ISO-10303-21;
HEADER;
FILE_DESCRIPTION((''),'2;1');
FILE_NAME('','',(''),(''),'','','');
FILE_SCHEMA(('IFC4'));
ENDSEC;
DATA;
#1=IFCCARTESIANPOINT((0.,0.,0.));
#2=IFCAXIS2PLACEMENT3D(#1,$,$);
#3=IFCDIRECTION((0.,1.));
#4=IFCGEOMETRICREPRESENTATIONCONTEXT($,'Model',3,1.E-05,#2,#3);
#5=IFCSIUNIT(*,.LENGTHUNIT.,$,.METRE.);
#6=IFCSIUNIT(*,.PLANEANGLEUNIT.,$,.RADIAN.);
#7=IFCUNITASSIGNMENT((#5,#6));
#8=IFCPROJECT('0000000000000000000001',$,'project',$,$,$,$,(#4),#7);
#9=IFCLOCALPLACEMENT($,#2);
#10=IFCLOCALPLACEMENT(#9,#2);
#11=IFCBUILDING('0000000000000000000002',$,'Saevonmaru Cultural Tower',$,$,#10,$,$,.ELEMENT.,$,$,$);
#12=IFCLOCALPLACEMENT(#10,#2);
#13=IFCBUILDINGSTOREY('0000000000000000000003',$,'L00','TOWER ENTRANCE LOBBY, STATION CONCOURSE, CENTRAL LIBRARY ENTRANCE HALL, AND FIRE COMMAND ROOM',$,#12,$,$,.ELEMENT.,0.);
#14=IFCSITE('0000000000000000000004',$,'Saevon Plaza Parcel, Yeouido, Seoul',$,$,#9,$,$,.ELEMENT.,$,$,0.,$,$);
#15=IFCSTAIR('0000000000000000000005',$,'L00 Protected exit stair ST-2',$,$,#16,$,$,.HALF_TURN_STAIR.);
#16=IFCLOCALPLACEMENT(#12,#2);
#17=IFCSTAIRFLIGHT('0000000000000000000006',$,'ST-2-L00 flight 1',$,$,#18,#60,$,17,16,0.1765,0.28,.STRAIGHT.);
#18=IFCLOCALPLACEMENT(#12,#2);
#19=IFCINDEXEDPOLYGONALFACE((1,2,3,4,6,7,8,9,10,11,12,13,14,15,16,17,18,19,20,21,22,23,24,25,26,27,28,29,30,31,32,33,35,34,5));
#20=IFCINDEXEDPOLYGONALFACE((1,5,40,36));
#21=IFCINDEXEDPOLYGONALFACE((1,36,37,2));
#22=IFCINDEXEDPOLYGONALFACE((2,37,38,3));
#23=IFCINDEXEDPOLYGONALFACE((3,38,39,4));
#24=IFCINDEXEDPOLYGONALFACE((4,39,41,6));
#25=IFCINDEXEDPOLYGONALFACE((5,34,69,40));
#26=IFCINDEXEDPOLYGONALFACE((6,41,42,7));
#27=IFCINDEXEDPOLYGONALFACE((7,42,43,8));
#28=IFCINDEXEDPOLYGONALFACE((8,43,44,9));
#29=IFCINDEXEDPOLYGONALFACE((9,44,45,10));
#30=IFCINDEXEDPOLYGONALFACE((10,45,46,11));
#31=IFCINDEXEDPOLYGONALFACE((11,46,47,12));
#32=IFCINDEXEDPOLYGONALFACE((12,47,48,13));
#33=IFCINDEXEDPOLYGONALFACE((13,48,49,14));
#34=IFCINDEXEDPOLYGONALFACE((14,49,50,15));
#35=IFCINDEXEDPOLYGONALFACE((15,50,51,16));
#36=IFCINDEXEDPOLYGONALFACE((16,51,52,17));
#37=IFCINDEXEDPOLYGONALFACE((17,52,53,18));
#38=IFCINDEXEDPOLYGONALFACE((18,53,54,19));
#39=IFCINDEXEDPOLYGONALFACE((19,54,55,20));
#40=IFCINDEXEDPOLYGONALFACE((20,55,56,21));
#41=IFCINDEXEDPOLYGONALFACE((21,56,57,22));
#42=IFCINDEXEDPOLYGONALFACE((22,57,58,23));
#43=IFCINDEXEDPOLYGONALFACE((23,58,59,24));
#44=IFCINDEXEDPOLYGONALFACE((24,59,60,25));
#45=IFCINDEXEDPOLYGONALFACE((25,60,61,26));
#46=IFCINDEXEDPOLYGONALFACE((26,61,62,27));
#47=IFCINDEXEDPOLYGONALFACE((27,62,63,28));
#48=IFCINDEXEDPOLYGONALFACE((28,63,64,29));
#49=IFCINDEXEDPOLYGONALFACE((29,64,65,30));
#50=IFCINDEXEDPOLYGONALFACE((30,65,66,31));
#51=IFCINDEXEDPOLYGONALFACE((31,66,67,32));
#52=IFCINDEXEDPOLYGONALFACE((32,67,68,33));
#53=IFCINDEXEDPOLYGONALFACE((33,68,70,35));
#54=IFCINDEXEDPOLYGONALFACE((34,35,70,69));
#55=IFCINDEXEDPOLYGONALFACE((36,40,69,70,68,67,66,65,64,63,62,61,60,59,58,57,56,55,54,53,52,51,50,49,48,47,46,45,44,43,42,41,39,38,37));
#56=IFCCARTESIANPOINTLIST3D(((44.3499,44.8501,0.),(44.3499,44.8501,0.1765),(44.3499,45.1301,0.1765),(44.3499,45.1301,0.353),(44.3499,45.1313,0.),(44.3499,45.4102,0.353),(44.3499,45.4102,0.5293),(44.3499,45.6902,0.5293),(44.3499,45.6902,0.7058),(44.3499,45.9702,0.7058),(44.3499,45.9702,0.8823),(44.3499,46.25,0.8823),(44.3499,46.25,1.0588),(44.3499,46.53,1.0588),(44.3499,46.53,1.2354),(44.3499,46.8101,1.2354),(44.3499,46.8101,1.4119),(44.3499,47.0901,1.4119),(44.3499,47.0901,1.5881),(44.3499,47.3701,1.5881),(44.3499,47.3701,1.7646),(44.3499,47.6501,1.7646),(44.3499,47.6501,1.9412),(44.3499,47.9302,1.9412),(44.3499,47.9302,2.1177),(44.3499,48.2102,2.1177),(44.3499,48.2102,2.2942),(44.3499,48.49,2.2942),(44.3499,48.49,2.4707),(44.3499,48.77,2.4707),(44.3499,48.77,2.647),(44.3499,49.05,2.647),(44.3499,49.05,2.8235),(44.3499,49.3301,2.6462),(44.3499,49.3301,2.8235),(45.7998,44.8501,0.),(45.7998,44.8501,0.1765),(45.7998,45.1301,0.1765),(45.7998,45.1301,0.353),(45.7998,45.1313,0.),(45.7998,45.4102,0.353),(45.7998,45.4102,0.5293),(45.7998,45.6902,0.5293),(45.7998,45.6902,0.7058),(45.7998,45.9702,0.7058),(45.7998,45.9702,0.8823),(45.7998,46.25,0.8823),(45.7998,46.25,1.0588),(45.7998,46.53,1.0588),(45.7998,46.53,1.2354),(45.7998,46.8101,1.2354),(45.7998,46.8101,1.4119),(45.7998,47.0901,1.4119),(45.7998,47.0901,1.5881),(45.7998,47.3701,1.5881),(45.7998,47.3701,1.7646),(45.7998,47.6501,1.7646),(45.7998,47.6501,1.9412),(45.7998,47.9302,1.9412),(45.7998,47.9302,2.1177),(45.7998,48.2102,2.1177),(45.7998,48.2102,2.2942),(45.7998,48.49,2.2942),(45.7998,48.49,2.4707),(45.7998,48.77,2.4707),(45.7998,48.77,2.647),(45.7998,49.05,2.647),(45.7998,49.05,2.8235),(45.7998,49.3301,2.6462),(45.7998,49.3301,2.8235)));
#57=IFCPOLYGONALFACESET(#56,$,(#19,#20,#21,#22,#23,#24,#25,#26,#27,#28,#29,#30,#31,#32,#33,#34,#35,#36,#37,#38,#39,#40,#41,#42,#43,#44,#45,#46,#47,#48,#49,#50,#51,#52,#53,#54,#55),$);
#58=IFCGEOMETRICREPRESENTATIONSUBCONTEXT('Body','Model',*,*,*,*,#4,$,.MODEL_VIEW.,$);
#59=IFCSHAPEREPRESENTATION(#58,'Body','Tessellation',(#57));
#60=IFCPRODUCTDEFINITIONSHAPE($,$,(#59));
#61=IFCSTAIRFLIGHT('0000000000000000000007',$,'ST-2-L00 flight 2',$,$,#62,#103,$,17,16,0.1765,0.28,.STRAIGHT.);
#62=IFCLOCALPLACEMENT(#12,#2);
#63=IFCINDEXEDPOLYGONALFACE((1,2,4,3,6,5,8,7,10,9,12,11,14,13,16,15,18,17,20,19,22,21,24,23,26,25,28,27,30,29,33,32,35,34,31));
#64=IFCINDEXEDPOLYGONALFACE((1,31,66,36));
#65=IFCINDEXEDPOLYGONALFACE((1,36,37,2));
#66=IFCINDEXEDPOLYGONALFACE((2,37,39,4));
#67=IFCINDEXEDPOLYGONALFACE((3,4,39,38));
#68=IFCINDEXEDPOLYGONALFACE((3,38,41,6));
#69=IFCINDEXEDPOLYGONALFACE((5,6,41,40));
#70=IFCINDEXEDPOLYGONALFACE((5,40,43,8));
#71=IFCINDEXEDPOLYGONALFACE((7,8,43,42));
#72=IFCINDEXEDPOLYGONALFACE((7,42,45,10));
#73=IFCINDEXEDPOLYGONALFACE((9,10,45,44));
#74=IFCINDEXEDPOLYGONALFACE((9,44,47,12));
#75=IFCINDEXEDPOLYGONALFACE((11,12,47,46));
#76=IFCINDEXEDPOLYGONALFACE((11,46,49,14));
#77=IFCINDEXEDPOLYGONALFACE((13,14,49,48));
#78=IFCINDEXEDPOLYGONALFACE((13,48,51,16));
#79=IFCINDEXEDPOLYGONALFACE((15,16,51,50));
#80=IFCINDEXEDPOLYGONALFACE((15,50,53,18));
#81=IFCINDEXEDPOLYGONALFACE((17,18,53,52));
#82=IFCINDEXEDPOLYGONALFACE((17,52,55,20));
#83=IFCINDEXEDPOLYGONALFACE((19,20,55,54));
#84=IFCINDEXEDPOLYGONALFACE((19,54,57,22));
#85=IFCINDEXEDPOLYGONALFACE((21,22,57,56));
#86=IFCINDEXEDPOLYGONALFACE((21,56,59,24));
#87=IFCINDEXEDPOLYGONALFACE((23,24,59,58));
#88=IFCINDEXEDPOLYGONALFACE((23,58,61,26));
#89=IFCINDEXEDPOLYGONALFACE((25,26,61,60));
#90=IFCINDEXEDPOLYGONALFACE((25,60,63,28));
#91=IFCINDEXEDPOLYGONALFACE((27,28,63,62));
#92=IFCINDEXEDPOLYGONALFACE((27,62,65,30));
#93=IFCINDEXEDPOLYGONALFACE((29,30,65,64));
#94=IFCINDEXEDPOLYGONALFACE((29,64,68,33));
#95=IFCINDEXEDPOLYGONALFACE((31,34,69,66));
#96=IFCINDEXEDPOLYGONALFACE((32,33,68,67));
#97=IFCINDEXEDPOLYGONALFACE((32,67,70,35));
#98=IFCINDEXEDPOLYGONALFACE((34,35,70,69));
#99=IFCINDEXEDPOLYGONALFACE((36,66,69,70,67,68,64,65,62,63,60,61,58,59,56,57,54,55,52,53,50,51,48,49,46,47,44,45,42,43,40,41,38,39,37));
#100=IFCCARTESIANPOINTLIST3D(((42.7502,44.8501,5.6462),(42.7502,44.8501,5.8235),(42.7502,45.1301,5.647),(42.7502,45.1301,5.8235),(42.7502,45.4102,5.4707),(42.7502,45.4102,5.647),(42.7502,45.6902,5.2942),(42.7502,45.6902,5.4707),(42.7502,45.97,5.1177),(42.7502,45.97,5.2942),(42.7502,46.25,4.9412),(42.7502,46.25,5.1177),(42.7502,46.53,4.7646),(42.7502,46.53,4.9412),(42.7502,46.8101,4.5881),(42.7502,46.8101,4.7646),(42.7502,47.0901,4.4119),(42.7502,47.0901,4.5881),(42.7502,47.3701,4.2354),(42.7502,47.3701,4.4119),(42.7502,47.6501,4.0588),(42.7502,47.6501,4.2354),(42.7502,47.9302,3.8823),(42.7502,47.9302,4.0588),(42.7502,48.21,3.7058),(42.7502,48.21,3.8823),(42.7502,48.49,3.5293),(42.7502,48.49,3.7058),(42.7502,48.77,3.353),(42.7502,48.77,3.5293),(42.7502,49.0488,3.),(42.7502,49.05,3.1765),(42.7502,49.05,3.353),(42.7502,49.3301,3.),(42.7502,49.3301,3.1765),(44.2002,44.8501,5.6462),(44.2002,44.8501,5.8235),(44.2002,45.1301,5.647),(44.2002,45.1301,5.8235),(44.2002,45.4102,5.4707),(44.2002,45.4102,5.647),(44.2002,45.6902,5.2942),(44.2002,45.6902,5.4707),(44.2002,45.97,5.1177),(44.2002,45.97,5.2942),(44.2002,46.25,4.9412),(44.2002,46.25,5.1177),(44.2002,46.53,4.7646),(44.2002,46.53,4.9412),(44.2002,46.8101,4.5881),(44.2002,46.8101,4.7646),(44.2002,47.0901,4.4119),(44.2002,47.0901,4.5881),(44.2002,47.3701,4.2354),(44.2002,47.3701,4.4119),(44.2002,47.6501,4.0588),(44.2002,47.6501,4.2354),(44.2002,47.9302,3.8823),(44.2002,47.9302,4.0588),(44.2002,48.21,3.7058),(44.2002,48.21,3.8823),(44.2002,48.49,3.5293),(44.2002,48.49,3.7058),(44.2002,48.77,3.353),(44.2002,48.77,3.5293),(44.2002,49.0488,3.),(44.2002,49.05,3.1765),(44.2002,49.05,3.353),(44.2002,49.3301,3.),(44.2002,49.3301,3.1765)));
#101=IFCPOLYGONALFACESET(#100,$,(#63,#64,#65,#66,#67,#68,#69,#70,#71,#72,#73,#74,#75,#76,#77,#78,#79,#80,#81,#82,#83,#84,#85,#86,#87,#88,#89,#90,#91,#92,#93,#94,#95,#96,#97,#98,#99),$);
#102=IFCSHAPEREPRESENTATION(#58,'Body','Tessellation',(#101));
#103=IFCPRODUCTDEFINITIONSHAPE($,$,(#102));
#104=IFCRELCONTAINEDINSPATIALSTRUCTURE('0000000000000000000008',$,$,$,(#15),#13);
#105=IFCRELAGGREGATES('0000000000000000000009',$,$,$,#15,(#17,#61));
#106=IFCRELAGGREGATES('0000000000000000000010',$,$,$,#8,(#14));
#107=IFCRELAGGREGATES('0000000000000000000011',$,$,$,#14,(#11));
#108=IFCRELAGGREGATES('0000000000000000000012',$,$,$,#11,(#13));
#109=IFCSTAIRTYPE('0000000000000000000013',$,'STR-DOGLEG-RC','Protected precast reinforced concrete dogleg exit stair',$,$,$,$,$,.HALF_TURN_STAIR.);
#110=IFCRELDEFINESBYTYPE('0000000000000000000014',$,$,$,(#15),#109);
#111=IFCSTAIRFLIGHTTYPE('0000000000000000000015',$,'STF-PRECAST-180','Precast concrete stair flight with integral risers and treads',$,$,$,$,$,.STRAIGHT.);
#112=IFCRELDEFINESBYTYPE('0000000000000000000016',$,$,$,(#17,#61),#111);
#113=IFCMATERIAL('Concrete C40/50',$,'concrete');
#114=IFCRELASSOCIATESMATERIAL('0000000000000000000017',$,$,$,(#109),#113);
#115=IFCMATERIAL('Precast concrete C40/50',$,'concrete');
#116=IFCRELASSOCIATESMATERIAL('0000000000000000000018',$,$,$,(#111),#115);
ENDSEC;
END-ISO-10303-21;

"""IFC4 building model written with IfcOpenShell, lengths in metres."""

from ifc_helpers import new_model, si_unit, direction, frame, origin, place, context, subcontext, project, spatial, polyline, outline, extrude, material, type_object, element, aggregate, save


model = new_model("IFC4")

# Units and contexts
model_context = context("Model", 3, precision=1e-05, world=origin(), true_north=direction((0.0, 1.0)))
body_context = subcontext(model_context, "Body", "Model", "MODEL_VIEW")
ifc_project = project(units=[si_unit("LENGTHUNIT", "METRE"), si_unit("PLANEANGLEUNIT", "RADIAN")], contexts=[model_context])

# Site, building, storey
site_placement = place(None, origin())
site = spatial("IfcSite", under=ifc_project, at=site_placement, Name="Saevon Plaza Parcel, Yeouido, Seoul", CompositionType="ELEMENT", RefElevation=0.0)
building_placement = place(site_placement, origin())
building = spatial("IfcBuilding", under=site, at=building_placement, Name="Saevonmaru Cultural Tower", CompositionType="ELEMENT")
storey_placement = place(building_placement, origin())
storey = spatial("IfcBuildingStorey", under=building, at=storey_placement, Name="L00", Description="TOWER ENTRANCE LOBBY, STATION CONCOURSE, CENTRAL LIBRARY ENTRANCE HALL, AND FIRE COMMAND ROOM", CompositionType="ELEMENT", Elevation=0.0)

# Shared definitions
ifc_material_1 = material(Name="Concrete C40/50", Category="concrete")

# Stair, stair flights
stair_type = type_object("IfcStairType", Name="STR-DOGLEG-RC", Description="Protected precast reinforced concrete dogleg exit stair", PredefinedType="HALF_TURN_STAIR", material=ifc_material_1)
stair_placement = place(storey_placement, origin())
stair = element("IfcStair", 1, at=stair_placement, inside=storey, type_object=stair_type, Name="L00 Protected exit stair ST-2", PredefinedType="HALF_TURN_STAIR")
ifc_material_2 = material(Name="Precast concrete C40/50", Category="concrete")
stair_flight_type = type_object("IfcStairFlightType", Name="STF-PRECAST-180", Description="Precast concrete stair flight with integral risers and treads", PredefinedType="STRAIGHT", material=ifc_material_2)
stair_flight_1_placement = place(storey_placement, frame((45.075, 44.8501, 0.0), z_axis=(0.0, 0.0, 1.0), x_axis=(0.0, 1.0, 0.0)))
stair_flight_1 = element("IfcStairFlight", 2, at=stair_flight_1_placement, type_object=stair_flight_type, Name="ST-2-L00 flight 1", NumberOfRisers=17, NumberOfTreads=16, PredefinedType="STRAIGHT", RiserHeight=0.1765, TreadLength=0.28, context=body_context, shape_type="SweptSolid", body=[
    extrude(outline(polyline([(0.0, 0.0), (0.0, 0.1765), (0.28, 0.1765), (0.28, 0.353), (0.5601, 0.353), (0.5601, 0.5293), (0.8401, 0.5293), (0.8401, 0.7058), (1.1201, 0.7058), (1.1201, 0.8823), (1.3999, 0.8823), (1.3999, 1.0588), (1.6799, 1.0588), (1.6799, 1.2354), (1.96, 1.2354), (1.96, 1.4119), (2.24, 1.4119), (2.24, 1.5881), (2.52, 1.5881), (2.52, 1.7646), (2.8, 1.7646), (2.8, 1.9412), (3.0801, 1.9412), (3.0801, 2.1177), (3.3601, 2.1177), (3.3601, 2.2942), (3.6399, 2.2942), (3.6399, 2.4707), (3.9199, 2.4707), (3.9199, 2.647), (4.2, 2.647), (4.2, 2.8235), (4.48, 2.8235), (4.48, 3.0), (4.48, 2.6462), (0.2812, 0.0), (0.0, 0.0)])), frame((0.0, 0.7251, 0.0), z_axis=(0.0, -1.0, 0.0), x_axis=(1.0, 0.0, 0.0)), (0.0, 0.0, 1.0), 1.45),
])
stair_flight_2_placement = place(storey_placement, frame((43.4751, 49.3301, 3.0), z_axis=(0.0, 0.0, 1.0), x_axis=(0.0, -1.0, 0.0)))
stair_flight_2 = element("IfcStairFlight", 3, at=stair_flight_2_placement, type_object=stair_flight_type, Name="ST-2-L00 flight 2", NumberOfRisers=17, NumberOfTreads=16, PredefinedType="STRAIGHT", RiserHeight=0.1765, TreadLength=0.28, context=body_context, shape_type="SweptSolid", body=[
    extrude(outline(polyline([(0.0, 0.0), (0.0, 0.1765), (0.28, 0.1765), (0.28, 0.353), (0.5601, 0.353), (0.5601, 0.5293), (0.8401, 0.5293), (0.8401, 0.7058), (1.1201, 0.7058), (1.1201, 0.8823), (1.3999, 0.8823), (1.3999, 1.0588), (1.6799, 1.0588), (1.6799, 1.2354), (1.96, 1.2354), (1.96, 1.4119), (2.24, 1.4119), (2.24, 1.5881), (2.52, 1.5881), (2.52, 1.7646), (2.8, 1.7646), (2.8, 1.9412), (3.0801, 1.9412), (3.0801, 2.1177), (3.3601, 2.1177), (3.3601, 2.2942), (3.6399, 2.2942), (3.6399, 2.4707), (3.9199, 2.4707), (3.9199, 2.647), (4.2, 2.647), (4.2, 2.8235), (4.48, 2.8235), (4.48, 3.0), (4.48, 2.6462), (0.2812, 0.0), (0.0, 0.0)])), frame((0.0, 0.7251, 0.0), z_axis=(0.0, -1.0, 0.0), x_axis=(1.0, 0.0, 0.0)), (0.0, 0.0, 1.0), 1.45),
])
aggregate(stair, [stair_flight_1, stair_flight_2])

save(model, "model.ifc")
